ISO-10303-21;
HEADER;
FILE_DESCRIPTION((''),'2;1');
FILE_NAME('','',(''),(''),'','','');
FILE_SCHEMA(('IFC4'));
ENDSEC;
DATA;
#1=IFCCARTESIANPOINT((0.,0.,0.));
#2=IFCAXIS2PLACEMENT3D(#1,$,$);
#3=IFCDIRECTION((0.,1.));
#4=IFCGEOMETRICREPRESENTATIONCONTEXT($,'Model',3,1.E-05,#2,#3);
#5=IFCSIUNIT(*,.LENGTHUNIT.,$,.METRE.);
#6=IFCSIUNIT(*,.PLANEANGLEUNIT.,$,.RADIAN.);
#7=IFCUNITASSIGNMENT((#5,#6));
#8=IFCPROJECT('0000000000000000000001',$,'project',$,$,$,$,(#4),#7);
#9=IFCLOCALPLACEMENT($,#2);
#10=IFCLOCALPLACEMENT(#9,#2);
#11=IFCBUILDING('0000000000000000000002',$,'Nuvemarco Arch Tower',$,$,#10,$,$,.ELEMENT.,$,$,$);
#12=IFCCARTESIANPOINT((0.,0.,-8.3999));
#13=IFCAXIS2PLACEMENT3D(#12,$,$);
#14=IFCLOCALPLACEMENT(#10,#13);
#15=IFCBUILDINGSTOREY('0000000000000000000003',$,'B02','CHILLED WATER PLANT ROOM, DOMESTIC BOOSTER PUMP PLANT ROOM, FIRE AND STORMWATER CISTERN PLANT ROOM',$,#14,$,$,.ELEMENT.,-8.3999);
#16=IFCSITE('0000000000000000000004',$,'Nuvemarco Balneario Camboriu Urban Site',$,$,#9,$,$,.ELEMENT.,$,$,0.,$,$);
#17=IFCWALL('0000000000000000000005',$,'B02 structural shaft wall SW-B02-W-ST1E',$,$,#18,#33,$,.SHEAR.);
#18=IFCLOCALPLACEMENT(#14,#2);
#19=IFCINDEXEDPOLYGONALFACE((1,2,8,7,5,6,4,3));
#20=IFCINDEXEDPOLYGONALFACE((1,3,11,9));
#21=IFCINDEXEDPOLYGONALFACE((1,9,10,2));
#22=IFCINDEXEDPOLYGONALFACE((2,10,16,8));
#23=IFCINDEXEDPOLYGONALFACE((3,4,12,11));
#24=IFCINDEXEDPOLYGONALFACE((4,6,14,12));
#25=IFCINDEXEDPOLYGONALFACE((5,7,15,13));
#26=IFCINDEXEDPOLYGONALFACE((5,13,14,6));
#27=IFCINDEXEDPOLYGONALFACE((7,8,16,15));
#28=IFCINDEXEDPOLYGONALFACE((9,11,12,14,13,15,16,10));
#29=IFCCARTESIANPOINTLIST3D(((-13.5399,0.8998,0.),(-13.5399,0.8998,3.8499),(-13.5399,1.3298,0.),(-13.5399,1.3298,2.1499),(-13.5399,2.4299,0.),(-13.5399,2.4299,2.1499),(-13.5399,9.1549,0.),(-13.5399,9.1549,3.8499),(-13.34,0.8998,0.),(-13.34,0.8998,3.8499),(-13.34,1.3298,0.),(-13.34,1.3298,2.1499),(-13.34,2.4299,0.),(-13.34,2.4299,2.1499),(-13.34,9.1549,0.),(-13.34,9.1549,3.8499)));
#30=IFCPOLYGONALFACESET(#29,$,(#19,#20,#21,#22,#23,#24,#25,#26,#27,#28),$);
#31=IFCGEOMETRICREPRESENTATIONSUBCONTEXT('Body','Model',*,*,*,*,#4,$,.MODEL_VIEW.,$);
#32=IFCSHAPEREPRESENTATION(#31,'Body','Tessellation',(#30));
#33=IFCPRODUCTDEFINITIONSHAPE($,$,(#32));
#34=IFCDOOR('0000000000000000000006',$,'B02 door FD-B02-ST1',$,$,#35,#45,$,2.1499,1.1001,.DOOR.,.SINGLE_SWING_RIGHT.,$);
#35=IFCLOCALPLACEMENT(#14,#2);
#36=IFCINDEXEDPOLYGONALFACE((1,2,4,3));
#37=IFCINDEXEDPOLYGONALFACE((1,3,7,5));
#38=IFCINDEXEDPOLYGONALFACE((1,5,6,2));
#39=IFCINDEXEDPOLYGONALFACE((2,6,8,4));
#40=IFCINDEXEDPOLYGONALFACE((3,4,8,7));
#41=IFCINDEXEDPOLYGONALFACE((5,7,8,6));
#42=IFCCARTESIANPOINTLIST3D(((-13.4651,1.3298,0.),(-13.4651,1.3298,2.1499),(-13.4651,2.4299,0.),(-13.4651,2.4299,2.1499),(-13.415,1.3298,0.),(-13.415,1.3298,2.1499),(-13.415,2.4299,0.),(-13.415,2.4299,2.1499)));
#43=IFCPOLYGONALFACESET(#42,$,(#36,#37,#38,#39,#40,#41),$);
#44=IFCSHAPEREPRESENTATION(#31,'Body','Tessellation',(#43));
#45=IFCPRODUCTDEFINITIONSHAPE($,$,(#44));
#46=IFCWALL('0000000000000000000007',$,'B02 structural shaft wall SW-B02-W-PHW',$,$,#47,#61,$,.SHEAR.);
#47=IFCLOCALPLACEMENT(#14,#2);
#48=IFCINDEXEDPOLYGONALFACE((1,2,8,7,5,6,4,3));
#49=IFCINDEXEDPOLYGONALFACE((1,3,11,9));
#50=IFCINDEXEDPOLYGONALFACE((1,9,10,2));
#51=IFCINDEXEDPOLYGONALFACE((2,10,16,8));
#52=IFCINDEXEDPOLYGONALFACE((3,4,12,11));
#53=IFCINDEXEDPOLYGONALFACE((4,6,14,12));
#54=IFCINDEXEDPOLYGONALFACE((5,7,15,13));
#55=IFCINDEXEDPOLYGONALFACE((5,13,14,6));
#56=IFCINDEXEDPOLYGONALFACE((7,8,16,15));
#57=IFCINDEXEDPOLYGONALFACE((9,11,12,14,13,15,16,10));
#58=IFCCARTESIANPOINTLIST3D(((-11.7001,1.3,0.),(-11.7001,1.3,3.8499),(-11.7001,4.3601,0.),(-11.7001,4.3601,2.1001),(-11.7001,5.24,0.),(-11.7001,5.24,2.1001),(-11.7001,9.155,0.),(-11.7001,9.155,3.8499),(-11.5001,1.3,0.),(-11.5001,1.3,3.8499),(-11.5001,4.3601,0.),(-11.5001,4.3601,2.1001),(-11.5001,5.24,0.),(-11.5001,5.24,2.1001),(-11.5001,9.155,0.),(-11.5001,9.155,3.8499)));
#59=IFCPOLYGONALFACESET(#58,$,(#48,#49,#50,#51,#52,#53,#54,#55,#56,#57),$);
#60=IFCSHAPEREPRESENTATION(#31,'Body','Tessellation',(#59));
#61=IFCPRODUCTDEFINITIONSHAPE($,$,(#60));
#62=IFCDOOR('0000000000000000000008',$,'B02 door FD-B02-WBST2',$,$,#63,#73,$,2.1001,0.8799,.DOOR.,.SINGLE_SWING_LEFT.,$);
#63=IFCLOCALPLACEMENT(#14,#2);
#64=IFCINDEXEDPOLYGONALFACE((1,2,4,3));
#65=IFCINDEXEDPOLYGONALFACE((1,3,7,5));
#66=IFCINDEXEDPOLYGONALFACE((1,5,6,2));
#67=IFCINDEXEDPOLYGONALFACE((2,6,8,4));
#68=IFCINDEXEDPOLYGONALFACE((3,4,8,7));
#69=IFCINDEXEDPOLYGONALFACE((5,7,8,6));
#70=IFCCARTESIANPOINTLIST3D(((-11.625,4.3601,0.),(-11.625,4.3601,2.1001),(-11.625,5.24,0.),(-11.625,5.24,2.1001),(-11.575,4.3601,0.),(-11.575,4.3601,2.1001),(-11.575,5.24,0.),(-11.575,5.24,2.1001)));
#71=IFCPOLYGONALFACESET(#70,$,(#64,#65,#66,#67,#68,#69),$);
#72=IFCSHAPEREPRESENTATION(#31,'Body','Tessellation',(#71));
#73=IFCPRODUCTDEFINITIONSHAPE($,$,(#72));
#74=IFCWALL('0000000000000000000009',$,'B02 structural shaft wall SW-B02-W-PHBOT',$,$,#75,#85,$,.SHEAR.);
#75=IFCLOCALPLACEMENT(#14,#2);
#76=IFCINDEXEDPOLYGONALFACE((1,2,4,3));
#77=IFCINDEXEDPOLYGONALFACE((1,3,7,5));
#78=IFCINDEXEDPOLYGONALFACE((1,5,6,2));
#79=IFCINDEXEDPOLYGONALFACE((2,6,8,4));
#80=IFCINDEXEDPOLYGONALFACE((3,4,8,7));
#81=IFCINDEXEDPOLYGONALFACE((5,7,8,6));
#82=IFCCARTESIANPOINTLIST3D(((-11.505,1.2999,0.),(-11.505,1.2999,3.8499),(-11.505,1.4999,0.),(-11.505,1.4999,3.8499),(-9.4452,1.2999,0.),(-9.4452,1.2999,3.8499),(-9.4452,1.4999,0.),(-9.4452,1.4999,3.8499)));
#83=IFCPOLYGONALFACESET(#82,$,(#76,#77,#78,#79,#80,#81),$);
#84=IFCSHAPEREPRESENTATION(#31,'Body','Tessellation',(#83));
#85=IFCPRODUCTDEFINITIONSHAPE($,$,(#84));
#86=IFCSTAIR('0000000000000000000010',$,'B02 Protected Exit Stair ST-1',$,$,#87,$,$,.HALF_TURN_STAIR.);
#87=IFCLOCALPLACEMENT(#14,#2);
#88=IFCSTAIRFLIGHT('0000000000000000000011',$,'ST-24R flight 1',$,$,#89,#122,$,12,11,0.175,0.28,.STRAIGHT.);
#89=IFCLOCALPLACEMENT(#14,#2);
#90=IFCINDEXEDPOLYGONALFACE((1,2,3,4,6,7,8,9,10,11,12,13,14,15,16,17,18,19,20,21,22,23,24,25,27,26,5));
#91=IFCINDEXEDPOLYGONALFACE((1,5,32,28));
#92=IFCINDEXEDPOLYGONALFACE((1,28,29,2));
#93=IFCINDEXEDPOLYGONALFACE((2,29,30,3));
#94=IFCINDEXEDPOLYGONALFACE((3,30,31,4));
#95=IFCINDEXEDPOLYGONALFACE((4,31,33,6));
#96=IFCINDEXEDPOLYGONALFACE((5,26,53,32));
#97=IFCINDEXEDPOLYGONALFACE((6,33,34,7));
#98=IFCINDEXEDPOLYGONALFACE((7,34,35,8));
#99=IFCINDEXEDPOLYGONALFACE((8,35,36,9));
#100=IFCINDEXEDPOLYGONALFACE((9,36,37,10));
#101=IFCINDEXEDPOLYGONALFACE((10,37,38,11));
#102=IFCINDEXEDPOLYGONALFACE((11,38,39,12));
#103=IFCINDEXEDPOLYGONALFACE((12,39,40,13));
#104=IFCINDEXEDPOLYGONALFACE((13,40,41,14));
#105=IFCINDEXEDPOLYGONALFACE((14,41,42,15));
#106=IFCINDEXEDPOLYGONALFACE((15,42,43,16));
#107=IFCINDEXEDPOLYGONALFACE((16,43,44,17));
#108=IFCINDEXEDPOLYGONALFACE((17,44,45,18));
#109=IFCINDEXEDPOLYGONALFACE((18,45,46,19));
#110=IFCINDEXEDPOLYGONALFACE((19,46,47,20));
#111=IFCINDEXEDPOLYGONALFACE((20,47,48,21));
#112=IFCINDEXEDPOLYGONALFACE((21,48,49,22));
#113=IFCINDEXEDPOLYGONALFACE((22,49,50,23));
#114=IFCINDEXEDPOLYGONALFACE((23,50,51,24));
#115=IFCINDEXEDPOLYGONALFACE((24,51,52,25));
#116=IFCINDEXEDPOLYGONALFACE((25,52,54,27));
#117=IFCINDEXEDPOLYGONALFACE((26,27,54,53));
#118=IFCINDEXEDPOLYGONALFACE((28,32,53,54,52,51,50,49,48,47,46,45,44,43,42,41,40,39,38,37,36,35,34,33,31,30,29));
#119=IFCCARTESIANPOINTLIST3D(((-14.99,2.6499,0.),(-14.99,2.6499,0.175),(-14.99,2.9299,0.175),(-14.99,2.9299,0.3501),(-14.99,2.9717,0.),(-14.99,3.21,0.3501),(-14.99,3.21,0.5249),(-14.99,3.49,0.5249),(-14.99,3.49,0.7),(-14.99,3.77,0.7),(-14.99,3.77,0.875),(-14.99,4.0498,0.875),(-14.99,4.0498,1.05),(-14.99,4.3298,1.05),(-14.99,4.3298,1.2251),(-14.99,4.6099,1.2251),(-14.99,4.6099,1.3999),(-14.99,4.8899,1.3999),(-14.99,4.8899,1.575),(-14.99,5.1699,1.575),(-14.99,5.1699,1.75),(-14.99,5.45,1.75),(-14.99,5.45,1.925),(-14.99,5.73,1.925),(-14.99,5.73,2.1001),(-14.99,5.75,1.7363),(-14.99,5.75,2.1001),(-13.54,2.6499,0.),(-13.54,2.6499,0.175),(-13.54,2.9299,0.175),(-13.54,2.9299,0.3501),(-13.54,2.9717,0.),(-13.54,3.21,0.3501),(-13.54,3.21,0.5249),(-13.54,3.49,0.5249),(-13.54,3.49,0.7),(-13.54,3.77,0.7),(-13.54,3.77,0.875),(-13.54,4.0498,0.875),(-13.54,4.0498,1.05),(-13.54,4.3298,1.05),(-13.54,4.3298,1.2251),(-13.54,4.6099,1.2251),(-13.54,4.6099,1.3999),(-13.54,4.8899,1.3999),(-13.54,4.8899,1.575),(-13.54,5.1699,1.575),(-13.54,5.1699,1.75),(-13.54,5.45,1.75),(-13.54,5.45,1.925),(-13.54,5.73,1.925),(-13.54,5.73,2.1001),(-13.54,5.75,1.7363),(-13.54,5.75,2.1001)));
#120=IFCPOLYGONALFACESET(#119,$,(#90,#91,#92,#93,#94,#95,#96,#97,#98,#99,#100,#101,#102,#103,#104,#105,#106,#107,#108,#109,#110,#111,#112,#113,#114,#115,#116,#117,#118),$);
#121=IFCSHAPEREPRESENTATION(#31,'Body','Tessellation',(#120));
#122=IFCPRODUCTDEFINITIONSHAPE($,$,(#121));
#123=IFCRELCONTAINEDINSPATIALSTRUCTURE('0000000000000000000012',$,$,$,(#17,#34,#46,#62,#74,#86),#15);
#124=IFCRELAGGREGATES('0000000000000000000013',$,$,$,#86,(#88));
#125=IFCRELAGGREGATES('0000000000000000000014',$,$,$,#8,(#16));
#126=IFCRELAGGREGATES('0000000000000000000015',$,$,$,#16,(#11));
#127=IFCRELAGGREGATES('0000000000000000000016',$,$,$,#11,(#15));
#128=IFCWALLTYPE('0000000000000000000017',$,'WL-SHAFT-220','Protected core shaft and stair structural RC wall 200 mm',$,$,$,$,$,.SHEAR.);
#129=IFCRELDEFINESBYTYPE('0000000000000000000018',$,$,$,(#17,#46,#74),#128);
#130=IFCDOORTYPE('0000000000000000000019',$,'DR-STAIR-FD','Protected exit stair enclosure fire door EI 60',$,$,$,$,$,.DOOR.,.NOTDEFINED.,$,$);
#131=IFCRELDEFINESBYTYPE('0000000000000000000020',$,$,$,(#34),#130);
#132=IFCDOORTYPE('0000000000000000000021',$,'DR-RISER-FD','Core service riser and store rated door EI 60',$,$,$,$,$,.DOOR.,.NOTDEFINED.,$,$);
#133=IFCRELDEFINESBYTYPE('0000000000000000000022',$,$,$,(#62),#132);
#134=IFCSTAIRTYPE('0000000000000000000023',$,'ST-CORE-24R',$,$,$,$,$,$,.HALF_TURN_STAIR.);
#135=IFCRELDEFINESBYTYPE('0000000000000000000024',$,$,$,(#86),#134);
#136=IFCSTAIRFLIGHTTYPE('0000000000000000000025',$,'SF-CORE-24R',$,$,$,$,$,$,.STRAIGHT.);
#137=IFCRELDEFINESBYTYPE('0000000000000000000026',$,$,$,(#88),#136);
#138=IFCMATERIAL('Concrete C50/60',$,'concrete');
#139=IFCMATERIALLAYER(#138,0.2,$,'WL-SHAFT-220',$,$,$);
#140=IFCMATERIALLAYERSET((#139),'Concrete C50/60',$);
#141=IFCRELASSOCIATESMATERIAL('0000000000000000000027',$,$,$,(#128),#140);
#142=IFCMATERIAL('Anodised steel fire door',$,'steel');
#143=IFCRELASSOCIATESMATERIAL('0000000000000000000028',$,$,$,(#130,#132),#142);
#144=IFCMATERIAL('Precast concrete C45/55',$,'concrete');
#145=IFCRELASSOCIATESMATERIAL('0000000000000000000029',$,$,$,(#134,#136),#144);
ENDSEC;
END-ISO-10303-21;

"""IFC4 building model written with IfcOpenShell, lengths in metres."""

from ifc_helpers import new_model, si_unit, direction, frame, frame_2d, origin, place, context, subcontext, project, spatial, polyline, rectangle, outline, extrude, source, transform, mapped, material, layer, layer_set, type_object, type_shapes, element, fill, aggregate, save


model = new_model("IFC4")

# Units and contexts
model_context = context("Model", 3, precision=1e-05, world=origin(), true_north=direction((0.0, 1.0)))
body_context = subcontext(model_context, "Body", "Model", "MODEL_VIEW")
ifc_project = project(units=[si_unit("LENGTHUNIT", "METRE"), si_unit("PLANEANGLEUNIT", "RADIAN")], contexts=[model_context])

# Site, building, storey
site_placement = place(None, origin())
site = spatial("IfcSite", under=ifc_project, at=site_placement, Name="Nuvemarco Balneario Camboriu Urban Site", CompositionType="ELEMENT", RefElevation=0.0)
building_placement = place(site_placement, origin())
building = spatial("IfcBuilding", under=site, at=building_placement, Name="Nuvemarco Arch Tower", CompositionType="ELEMENT")
storey_placement = place(building_placement, frame((0.0, 0.0, -8.3999)))
storey = spatial("IfcBuildingStorey", under=building, at=storey_placement, Name="B02", Description="CHILLED WATER PLANT ROOM, DOMESTIC BOOSTER PUMP PLANT ROOM, FIRE AND STORMWATER CISTERN PLANT ROOM", CompositionType="ELEMENT", Elevation=-8.3999)

# Shared definitions
ifc_material_1 = material(Name="Concrete C50/60", Category="concrete")

# Shared definitions
ifc_material_2 = material(Name="Precast concrete C45/55", Category="concrete")

# Walls, openings, doors
ifc_layer_1 = layer(ifc_material_1, 0.2, Name="WL-SHAFT-220")
ifc_layer_set_1 = layer_set([ifc_layer_1], Name="Concrete C50/60")
wall_type_1 = type_object("IfcWallType", Name="WL-SHAFT-220", Description="Protected core shaft and stair structural RC wall 200 mm", PredefinedType="SHEAR", material=ifc_layer_set_1)
wall_1_placement = place(storey_placement, frame((-13.4399, 0.8999, 0.0), z_axis=(0.0, 0.0, 1.0), x_axis=(0.0, 1.0, 0.0)))
wall_1 = element("IfcWall", 1, at=wall_1_placement, inside=storey, type_object=wall_type_1, Name="B02 structural shaft wall SW-B02-W-ST1E", PredefinedType="SHEAR", context=body_context, shape_type="SweptSolid", body=[
    extrude(rectangle(XDim=8.2551, YDim=0.2, at=frame_2d((4.1274, 0.0))), origin(), (0.0, 0.0, 1.0), 3.8499),
])
opening_1_placement = place(wall_1_placement, frame((1.53, 0.0, 0.0), z_axis=(0.0, 0.0, 1.0), x_axis=(-1.0, 0.0, 0.0)))
opening_1 = element("IfcOpeningElement", 2, at=opening_1_placement, cuts=wall_1, PredefinedType="OPENING", context=body_context, shape_type="SweptSolid", body=[
    extrude(rectangle(XDim=1.1001, YDim=2.1499, at=frame_2d((0.55, 1.075))), frame((0.0, 0.1099, 0.0), z_axis=(0.0, -1.0, 0.0), x_axis=(1.0, 0.0, 0.0)), (0.0, 0.0, 1.0), 0.22),
])
ifc_material_3 = material(Name="Anodised steel fire door", Category="steel")
door_type_1 = type_object("IfcDoorType", Name="DR-STAIR-FD", Description="Protected exit stair enclosure fire door EI 60", OperationType="NOTDEFINED", PredefinedType="DOOR", material=ifc_material_3)
shared_shape_1 = source(origin(), body_context, "Body", "SweptSolid", [
    extrude(rectangle(XDim=1.1001, YDim=2.1499, at=frame_2d((0.55, 1.075))), frame((0.0, 0.0249, 0.0), z_axis=(0.0, -1.0, 0.0), x_axis=(1.0, 0.0, 0.0)), (0.0, 0.0, 1.0), 0.05),
])
type_shapes(door_type_1, [shared_shape_1])
door_1_placement = place(opening_1_placement, origin())
door_1 = element("IfcDoor", 3, at=door_1_placement, inside=storey, type_object=door_type_1, Name="B02 door FD-B02-ST1", OperationType="SINGLE_SWING_RIGHT", OverallHeight=2.1499, OverallWidth=1.1001, PredefinedType="DOOR", context=body_context, shape_type="MappedRepresentation", body=[
    mapped(shared_shape_1, transform((0.0, 0.0, 0.0), scale=1.0)),
])
fill(opening_1, door_1)
wall_2_placement = place(storey_placement, frame((-11.6001, 1.3, 0.0), z_axis=(0.0, 0.0, 1.0), x_axis=(0.0, 1.0, 0.0)))
wall_2 = element("IfcWall", 4, at=wall_2_placement, inside=storey, type_object=wall_type_1, Name="B02 structural shaft wall SW-B02-W-PHW", PredefinedType="SHEAR", context=body_context, shape_type="SweptSolid", body=[
    extrude(rectangle(XDim=7.855, YDim=0.2, at=frame_2d((3.9275, 0.0))), origin(), (0.0, 0.0, 1.0), 3.8499),
])
opening_2_placement = place(wall_2_placement, frame((3.0601, 0.0, 0.0)))
opening_2 = element("IfcOpeningElement", 5, at=opening_2_placement, cuts=wall_2, PredefinedType="OPENING", context=body_context, shape_type="SweptSolid", body=[
    extrude(rectangle(XDim=0.8799, YDim=2.1001, at=frame_2d((0.4399, 1.05))), frame((0.0, 0.1099, 0.0), z_axis=(0.0, -1.0, 0.0), x_axis=(1.0, 0.0, 0.0)), (0.0, 0.0, 1.0), 0.22),
])
door_type_2 = type_object("IfcDoorType", Name="DR-RISER-FD", Description="Core service riser and store rated door EI 60", OperationType="NOTDEFINED", PredefinedType="DOOR", material=ifc_material_3)
shared_shape_2 = source(origin(), body_context, "Body", "SweptSolid", [
    extrude(rectangle(XDim=0.8799, YDim=2.1001, at=frame_2d((0.4399, 1.05))), frame((0.0, 0.0249, 0.0), z_axis=(0.0, -1.0, 0.0), x_axis=(1.0, 0.0, 0.0)), (0.0, 0.0, 1.0), 0.05),
])
type_shapes(door_type_2, [shared_shape_2])
door_2_placement = place(opening_2_placement, origin())
door_2 = element("IfcDoor", 6, at=door_2_placement, inside=storey, type_object=door_type_2, Name="B02 door FD-B02-WBST2", OperationType="SINGLE_SWING_LEFT", OverallHeight=2.1001, OverallWidth=0.8799, PredefinedType="DOOR", context=body_context, shape_type="MappedRepresentation", body=[
    mapped(shared_shape_2, transform((0.0, 0.0, 0.0), scale=1.0)),
])
fill(opening_2, door_2)

# Wall
wall_3_placement = place(storey_placement, frame((-11.5049, 1.3999, 0.0), z_axis=(0.0, 0.0, 1.0), x_axis=(1.0, 0.0, 0.0)))
element("IfcWall", 7, at=wall_3_placement, inside=storey, type_object=wall_type_1, Name="B02 structural shaft wall SW-B02-W-PHBOT", PredefinedType="SHEAR", context=body_context, shape_type="SweptSolid", body=[
    extrude(rectangle(XDim=2.0598, YDim=0.2, at=frame_2d((1.0298, 0.0))), origin(), (0.0, 0.0, 1.0), 3.8499),
])

# Stair, stair flight
stair_type = type_object("IfcStairType", Name="ST-CORE-24R", PredefinedType="HALF_TURN_STAIR", material=ifc_material_2)
stair_placement = place(storey_placement, origin())
stair = element("IfcStair", 8, at=stair_placement, inside=storey, type_object=stair_type, Name="B02 Protected Exit Stair ST-1", PredefinedType="HALF_TURN_STAIR")
stair_flight_type = type_object("IfcStairFlightType", Name="SF-CORE-24R", PredefinedType="STRAIGHT", material=ifc_material_2)
stair_flight_placement = place(storey_placement, frame((-14.2649, 2.6499, 0.0), z_axis=(0.0, 0.0, 1.0), x_axis=(0.0, 1.0, 0.0)))
stair_flight = element("IfcStairFlight", 9, at=stair_flight_placement, type_object=stair_flight_type, Name="ST-24R flight 1", NumberOfRisers=12, NumberOfTreads=11, PredefinedType="STRAIGHT", RiserHeight=0.175, TreadLength=0.28, context=body_context, shape_type="SweptSolid", body=[
    extrude(outline(polyline([(0.0, 0.0), (0.0, 0.175), (0.28, 0.175), (0.28, 0.3501), (0.5601, 0.3501), (0.5601, 0.5249), (0.8401, 0.5249), (0.8401, 0.7), (1.1201, 0.7), (1.1201, 0.875), (1.3999, 0.875), (1.3999, 1.05), (1.6799, 1.05), (1.6799, 1.2251), (1.96, 1.2251), (1.96, 1.3999), (2.24, 1.3999), (2.24, 1.575), (2.52, 1.575), (2.52, 1.75), (2.8, 1.75), (2.8, 1.925), (3.0801, 1.925), (3.0801, 2.1001), (3.1001, 2.1001), (3.1001, 1.7363), (0.3218, 0.0), (0.0, 0.0)])), frame((0.0, 0.7251, 0.0), z_axis=(0.0, -1.0, 0.0), x_axis=(1.0, 0.0, 0.0)), (0.0, 0.0, 1.0), 1.45),
])
aggregate(stair, [stair_flight])

save(model, "model.ifc")
